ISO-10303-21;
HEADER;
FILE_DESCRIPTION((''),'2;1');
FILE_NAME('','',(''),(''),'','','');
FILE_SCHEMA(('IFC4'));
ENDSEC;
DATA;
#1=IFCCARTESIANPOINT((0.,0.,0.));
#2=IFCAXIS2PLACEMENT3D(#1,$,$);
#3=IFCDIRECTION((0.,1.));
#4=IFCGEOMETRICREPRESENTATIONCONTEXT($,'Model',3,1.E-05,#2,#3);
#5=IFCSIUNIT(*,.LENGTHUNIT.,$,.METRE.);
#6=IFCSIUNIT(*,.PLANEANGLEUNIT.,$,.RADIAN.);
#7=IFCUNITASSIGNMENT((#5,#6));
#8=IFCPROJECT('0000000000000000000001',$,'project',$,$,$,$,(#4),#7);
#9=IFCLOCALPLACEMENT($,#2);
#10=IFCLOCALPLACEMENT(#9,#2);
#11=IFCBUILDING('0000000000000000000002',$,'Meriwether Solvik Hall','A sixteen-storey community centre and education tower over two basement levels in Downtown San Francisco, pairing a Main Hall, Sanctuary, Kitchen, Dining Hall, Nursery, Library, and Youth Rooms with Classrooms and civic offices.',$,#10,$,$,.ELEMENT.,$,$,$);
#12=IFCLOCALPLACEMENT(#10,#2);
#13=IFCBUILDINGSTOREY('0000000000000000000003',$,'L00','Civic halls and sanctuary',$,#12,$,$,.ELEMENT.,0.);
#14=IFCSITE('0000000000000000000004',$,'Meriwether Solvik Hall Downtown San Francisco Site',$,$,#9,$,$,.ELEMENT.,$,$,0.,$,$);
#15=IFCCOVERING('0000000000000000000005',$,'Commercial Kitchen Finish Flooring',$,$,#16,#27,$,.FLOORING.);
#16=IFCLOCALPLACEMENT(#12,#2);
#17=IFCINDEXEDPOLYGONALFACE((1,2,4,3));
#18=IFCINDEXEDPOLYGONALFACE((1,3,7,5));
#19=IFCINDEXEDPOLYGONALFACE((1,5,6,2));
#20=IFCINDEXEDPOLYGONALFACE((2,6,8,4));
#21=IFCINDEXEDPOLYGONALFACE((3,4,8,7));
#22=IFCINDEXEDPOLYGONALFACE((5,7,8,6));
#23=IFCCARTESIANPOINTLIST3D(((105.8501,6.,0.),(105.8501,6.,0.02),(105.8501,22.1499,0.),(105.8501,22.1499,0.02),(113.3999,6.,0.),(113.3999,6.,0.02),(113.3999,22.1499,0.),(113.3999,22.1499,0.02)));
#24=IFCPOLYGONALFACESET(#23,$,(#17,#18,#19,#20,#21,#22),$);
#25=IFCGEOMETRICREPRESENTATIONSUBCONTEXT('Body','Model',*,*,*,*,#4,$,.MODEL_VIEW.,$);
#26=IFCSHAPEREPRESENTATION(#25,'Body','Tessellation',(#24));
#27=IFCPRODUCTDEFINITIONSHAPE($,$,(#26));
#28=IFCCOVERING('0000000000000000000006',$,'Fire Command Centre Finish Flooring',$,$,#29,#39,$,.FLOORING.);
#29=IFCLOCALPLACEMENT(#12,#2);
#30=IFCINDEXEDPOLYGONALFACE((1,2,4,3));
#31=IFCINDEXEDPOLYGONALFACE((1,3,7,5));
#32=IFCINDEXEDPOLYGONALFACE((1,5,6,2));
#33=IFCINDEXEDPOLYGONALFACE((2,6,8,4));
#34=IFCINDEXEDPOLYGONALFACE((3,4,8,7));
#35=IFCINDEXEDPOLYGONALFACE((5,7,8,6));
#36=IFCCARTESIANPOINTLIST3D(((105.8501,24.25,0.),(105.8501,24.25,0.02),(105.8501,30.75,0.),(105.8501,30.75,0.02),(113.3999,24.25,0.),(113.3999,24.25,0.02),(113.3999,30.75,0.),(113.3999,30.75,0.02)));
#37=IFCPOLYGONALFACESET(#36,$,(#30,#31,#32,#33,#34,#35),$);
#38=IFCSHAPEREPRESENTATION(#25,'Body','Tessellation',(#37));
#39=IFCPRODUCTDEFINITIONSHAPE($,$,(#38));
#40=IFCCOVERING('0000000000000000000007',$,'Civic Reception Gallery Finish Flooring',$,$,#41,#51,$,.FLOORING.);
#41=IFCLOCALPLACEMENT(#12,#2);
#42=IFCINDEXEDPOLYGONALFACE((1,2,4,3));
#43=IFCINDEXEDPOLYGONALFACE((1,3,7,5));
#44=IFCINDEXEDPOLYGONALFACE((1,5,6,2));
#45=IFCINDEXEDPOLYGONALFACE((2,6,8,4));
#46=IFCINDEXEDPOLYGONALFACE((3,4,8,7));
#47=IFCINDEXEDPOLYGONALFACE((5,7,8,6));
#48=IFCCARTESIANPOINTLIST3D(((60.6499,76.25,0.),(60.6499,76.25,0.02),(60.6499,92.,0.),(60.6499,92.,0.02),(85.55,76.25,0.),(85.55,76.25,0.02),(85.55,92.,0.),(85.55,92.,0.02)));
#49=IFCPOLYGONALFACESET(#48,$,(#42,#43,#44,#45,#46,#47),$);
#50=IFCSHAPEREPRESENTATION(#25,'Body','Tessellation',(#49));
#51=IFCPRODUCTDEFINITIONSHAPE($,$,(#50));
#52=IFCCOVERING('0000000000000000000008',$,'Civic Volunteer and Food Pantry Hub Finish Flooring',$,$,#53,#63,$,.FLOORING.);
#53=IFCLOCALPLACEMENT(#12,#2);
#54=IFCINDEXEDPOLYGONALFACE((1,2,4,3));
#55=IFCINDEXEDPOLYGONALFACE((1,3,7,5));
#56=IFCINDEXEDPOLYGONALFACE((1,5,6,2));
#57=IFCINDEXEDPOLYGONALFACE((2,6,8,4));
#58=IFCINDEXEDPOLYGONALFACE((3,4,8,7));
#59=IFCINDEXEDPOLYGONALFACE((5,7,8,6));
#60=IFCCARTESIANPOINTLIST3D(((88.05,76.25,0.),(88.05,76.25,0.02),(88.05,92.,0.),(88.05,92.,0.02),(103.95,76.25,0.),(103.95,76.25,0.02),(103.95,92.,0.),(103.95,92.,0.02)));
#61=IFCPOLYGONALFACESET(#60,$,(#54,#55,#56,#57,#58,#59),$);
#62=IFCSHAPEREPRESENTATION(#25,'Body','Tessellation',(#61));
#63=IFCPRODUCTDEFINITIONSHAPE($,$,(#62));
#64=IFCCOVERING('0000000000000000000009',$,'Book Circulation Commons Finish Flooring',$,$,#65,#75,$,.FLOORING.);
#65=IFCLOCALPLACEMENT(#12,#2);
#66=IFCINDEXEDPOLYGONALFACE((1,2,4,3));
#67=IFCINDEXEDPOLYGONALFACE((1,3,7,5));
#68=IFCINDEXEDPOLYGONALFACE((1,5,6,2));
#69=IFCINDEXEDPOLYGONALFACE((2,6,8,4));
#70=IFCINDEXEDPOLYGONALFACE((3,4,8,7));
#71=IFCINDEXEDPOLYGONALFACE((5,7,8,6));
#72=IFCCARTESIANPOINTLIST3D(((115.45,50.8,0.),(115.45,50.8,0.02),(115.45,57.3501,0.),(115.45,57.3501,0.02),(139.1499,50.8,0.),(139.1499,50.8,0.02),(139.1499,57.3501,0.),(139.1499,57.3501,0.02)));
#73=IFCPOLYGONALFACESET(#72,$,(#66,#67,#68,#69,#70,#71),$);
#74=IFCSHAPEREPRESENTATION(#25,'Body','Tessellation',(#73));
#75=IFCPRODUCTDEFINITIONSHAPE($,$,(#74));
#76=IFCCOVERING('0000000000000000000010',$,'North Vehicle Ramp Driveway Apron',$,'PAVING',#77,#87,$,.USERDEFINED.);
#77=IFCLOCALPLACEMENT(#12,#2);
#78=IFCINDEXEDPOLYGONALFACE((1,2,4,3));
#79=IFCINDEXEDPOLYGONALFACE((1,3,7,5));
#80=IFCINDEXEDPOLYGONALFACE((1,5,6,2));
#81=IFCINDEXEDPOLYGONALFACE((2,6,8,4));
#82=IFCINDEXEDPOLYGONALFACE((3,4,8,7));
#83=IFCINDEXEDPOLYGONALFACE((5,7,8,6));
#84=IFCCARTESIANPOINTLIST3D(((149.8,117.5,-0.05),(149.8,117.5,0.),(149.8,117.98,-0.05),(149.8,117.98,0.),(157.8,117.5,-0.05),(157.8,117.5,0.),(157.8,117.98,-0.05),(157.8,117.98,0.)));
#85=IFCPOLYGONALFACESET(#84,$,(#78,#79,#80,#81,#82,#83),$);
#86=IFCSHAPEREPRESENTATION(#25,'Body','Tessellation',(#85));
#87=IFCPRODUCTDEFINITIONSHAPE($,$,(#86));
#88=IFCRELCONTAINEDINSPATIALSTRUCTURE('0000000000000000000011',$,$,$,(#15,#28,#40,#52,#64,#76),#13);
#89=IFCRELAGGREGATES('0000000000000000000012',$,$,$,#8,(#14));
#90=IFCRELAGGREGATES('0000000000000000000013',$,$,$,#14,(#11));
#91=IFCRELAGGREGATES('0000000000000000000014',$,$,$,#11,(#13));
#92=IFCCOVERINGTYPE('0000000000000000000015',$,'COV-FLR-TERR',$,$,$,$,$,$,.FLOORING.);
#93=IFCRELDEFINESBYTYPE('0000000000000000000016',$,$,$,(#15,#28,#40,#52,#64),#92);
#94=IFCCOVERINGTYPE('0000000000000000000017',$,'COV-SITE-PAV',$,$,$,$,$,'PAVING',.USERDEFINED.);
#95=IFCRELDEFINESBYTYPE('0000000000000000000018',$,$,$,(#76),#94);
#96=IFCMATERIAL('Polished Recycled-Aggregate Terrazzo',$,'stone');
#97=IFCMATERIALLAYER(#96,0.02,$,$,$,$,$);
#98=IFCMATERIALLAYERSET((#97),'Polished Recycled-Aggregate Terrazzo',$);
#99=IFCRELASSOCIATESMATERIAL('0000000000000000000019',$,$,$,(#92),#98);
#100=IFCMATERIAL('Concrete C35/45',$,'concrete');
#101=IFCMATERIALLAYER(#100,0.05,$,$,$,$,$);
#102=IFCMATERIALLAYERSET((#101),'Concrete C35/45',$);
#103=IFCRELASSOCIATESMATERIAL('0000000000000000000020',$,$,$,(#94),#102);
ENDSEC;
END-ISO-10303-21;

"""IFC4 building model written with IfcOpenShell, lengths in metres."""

from ifc_helpers import new_model, si_unit, direction, frame, origin, place, context, subcontext, project, spatial, polyline, outline, extrude, material, layer, layer_set, type_object, element, save


model = new_model("IFC4")

# Units and contexts
model_context = context("Model", 3, precision=1e-05, world=origin(), true_north=direction((0.0, 1.0)))
body_context = subcontext(model_context, "Body", "Model", "MODEL_VIEW")
ifc_project = project(units=[si_unit("LENGTHUNIT", "METRE"), si_unit("PLANEANGLEUNIT", "RADIAN")], contexts=[model_context])

# Site, building, storey
site_placement = place(None, origin())
site = spatial("IfcSite", under=ifc_project, at=site_placement, Name="Meriwether Solvik Hall Downtown San Francisco Site", CompositionType="ELEMENT", RefElevation=0.0)
building_placement = place(site_placement, origin())
building = spatial("IfcBuilding", under=site, at=building_placement, Name="Meriwether Solvik Hall", Description="A sixteen-storey community centre and education tower over two basement levels in Downtown San Francisco, pairing a Main Hall, Sanctuary, Kitchen, Dining Hall, Nursery, Library, and Youth Rooms with Classrooms and civic offices.", CompositionType="ELEMENT")
storey_placement = place(building_placement, origin())
storey = spatial("IfcBuildingStorey", under=building, at=storey_placement, Name="L00", Description="Civic halls and sanctuary", CompositionType="ELEMENT", Elevation=0.0)

# Coverings
ifc_material_1 = material(Name="Polished Recycled-Aggregate Terrazzo", Category="stone")
ifc_layer_1 = layer(ifc_material_1, 0.02)
ifc_layer_set_1 = layer_set([ifc_layer_1], Name="Polished Recycled-Aggregate Terrazzo")
covering_type_1 = type_object("IfcCoveringType", Name="COV-FLR-TERR", PredefinedType="FLOORING", material=ifc_layer_set_1)
covering_1_placement = place(storey_placement, origin())
element("IfcCovering", 1, at=covering_1_placement, inside=storey, type_object=covering_type_1, Name="Commercial Kitchen Finish Flooring", PredefinedType="FLOORING", context=body_context, shape_type="SweptSolid", body=[
    extrude(outline(polyline([(105.8501, 6.0), (105.8501, 22.1499), (113.3999, 22.1499), (113.3999, 6.0), (105.8501, 6.0)])), origin(), (0.0, 0.0, 1.0), 0.02),
])
covering_2_placement = place(storey_placement, origin())
element("IfcCovering", 2, at=covering_2_placement, inside=storey, type_object=covering_type_1, Name="Fire Command Centre Finish Flooring", PredefinedType="FLOORING", context=body_context, shape_type="SweptSolid", body=[
    extrude(outline(polyline([(105.8501, 30.75), (113.3999, 30.75), (113.3999, 24.25), (105.8501, 24.25), (105.8501, 30.75)])), origin(), (0.0, 0.0, 1.0), 0.02),
])
covering_3_placement = place(storey_placement, origin())
element("IfcCovering", 3, at=covering_3_placement, inside=storey, type_object=covering_type_1, Name="Civic Reception Gallery Finish Flooring", PredefinedType="FLOORING", context=body_context, shape_type="SweptSolid", body=[
    extrude(outline(polyline([(60.6499, 76.25), (60.6499, 92.0), (85.55, 92.0), (85.55, 76.25), (60.6499, 76.25)])), origin(), (0.0, 0.0, 1.0), 0.02),
])
covering_4_placement = place(storey_placement, origin())
element("IfcCovering", 4, at=covering_4_placement, inside=storey, type_object=covering_type_1, Name="Civic Volunteer and Food Pantry Hub Finish Flooring", PredefinedType="FLOORING", context=body_context, shape_type="SweptSolid", body=[
    extrude(outline(polyline([(88.05, 76.25), (88.05, 92.0), (103.95, 92.0), (103.95, 76.25), (88.05, 76.25)])), origin(), (0.0, 0.0, 1.0), 0.02),
])
covering_5_placement = place(storey_placement, origin())
element("IfcCovering", 5, at=covering_5_placement, inside=storey, type_object=covering_type_1, Name="Book Circulation Commons Finish Flooring", PredefinedType="FLOORING", context=body_context, shape_type="SweptSolid", body=[
    extrude(outline(polyline([(115.45, 57.3501), (139.1499, 57.3501), (139.1499, 50.8), (115.45, 50.8), (115.45, 57.3501)])), origin(), (0.0, 0.0, 1.0), 0.02),
])
ifc_material_2 = material(Name="Concrete C35/45", Category="concrete")
ifc_layer_2 = layer(ifc_material_2, 0.05)
ifc_layer_set_2 = layer_set([ifc_layer_2], Name="Concrete C35/45")
covering_type_2 = type_object("IfcCoveringType", Name="COV-SITE-PAV", ElementType="PAVING", PredefinedType="USERDEFINED", material=ifc_layer_set_2)
covering_6_placement = place(storey_placement, frame((0.0, 0.0, -0.05)))
element("IfcCovering", 6, at=covering_6_placement, inside=storey, type_object=covering_type_2, Name="North Vehicle Ramp Driveway Apron", ObjectType="PAVING", PredefinedType="USERDEFINED", context=body_context, shape_type="SweptSolid", body=[
    extrude(outline(polyline([(149.8, 117.5), (157.8, 117.5), (157.8, 117.98), (149.8, 117.98), (149.8, 117.5)])), origin(), (0.0, 0.0, 1.0), 0.05),
])

save(model, "model.ifc")
